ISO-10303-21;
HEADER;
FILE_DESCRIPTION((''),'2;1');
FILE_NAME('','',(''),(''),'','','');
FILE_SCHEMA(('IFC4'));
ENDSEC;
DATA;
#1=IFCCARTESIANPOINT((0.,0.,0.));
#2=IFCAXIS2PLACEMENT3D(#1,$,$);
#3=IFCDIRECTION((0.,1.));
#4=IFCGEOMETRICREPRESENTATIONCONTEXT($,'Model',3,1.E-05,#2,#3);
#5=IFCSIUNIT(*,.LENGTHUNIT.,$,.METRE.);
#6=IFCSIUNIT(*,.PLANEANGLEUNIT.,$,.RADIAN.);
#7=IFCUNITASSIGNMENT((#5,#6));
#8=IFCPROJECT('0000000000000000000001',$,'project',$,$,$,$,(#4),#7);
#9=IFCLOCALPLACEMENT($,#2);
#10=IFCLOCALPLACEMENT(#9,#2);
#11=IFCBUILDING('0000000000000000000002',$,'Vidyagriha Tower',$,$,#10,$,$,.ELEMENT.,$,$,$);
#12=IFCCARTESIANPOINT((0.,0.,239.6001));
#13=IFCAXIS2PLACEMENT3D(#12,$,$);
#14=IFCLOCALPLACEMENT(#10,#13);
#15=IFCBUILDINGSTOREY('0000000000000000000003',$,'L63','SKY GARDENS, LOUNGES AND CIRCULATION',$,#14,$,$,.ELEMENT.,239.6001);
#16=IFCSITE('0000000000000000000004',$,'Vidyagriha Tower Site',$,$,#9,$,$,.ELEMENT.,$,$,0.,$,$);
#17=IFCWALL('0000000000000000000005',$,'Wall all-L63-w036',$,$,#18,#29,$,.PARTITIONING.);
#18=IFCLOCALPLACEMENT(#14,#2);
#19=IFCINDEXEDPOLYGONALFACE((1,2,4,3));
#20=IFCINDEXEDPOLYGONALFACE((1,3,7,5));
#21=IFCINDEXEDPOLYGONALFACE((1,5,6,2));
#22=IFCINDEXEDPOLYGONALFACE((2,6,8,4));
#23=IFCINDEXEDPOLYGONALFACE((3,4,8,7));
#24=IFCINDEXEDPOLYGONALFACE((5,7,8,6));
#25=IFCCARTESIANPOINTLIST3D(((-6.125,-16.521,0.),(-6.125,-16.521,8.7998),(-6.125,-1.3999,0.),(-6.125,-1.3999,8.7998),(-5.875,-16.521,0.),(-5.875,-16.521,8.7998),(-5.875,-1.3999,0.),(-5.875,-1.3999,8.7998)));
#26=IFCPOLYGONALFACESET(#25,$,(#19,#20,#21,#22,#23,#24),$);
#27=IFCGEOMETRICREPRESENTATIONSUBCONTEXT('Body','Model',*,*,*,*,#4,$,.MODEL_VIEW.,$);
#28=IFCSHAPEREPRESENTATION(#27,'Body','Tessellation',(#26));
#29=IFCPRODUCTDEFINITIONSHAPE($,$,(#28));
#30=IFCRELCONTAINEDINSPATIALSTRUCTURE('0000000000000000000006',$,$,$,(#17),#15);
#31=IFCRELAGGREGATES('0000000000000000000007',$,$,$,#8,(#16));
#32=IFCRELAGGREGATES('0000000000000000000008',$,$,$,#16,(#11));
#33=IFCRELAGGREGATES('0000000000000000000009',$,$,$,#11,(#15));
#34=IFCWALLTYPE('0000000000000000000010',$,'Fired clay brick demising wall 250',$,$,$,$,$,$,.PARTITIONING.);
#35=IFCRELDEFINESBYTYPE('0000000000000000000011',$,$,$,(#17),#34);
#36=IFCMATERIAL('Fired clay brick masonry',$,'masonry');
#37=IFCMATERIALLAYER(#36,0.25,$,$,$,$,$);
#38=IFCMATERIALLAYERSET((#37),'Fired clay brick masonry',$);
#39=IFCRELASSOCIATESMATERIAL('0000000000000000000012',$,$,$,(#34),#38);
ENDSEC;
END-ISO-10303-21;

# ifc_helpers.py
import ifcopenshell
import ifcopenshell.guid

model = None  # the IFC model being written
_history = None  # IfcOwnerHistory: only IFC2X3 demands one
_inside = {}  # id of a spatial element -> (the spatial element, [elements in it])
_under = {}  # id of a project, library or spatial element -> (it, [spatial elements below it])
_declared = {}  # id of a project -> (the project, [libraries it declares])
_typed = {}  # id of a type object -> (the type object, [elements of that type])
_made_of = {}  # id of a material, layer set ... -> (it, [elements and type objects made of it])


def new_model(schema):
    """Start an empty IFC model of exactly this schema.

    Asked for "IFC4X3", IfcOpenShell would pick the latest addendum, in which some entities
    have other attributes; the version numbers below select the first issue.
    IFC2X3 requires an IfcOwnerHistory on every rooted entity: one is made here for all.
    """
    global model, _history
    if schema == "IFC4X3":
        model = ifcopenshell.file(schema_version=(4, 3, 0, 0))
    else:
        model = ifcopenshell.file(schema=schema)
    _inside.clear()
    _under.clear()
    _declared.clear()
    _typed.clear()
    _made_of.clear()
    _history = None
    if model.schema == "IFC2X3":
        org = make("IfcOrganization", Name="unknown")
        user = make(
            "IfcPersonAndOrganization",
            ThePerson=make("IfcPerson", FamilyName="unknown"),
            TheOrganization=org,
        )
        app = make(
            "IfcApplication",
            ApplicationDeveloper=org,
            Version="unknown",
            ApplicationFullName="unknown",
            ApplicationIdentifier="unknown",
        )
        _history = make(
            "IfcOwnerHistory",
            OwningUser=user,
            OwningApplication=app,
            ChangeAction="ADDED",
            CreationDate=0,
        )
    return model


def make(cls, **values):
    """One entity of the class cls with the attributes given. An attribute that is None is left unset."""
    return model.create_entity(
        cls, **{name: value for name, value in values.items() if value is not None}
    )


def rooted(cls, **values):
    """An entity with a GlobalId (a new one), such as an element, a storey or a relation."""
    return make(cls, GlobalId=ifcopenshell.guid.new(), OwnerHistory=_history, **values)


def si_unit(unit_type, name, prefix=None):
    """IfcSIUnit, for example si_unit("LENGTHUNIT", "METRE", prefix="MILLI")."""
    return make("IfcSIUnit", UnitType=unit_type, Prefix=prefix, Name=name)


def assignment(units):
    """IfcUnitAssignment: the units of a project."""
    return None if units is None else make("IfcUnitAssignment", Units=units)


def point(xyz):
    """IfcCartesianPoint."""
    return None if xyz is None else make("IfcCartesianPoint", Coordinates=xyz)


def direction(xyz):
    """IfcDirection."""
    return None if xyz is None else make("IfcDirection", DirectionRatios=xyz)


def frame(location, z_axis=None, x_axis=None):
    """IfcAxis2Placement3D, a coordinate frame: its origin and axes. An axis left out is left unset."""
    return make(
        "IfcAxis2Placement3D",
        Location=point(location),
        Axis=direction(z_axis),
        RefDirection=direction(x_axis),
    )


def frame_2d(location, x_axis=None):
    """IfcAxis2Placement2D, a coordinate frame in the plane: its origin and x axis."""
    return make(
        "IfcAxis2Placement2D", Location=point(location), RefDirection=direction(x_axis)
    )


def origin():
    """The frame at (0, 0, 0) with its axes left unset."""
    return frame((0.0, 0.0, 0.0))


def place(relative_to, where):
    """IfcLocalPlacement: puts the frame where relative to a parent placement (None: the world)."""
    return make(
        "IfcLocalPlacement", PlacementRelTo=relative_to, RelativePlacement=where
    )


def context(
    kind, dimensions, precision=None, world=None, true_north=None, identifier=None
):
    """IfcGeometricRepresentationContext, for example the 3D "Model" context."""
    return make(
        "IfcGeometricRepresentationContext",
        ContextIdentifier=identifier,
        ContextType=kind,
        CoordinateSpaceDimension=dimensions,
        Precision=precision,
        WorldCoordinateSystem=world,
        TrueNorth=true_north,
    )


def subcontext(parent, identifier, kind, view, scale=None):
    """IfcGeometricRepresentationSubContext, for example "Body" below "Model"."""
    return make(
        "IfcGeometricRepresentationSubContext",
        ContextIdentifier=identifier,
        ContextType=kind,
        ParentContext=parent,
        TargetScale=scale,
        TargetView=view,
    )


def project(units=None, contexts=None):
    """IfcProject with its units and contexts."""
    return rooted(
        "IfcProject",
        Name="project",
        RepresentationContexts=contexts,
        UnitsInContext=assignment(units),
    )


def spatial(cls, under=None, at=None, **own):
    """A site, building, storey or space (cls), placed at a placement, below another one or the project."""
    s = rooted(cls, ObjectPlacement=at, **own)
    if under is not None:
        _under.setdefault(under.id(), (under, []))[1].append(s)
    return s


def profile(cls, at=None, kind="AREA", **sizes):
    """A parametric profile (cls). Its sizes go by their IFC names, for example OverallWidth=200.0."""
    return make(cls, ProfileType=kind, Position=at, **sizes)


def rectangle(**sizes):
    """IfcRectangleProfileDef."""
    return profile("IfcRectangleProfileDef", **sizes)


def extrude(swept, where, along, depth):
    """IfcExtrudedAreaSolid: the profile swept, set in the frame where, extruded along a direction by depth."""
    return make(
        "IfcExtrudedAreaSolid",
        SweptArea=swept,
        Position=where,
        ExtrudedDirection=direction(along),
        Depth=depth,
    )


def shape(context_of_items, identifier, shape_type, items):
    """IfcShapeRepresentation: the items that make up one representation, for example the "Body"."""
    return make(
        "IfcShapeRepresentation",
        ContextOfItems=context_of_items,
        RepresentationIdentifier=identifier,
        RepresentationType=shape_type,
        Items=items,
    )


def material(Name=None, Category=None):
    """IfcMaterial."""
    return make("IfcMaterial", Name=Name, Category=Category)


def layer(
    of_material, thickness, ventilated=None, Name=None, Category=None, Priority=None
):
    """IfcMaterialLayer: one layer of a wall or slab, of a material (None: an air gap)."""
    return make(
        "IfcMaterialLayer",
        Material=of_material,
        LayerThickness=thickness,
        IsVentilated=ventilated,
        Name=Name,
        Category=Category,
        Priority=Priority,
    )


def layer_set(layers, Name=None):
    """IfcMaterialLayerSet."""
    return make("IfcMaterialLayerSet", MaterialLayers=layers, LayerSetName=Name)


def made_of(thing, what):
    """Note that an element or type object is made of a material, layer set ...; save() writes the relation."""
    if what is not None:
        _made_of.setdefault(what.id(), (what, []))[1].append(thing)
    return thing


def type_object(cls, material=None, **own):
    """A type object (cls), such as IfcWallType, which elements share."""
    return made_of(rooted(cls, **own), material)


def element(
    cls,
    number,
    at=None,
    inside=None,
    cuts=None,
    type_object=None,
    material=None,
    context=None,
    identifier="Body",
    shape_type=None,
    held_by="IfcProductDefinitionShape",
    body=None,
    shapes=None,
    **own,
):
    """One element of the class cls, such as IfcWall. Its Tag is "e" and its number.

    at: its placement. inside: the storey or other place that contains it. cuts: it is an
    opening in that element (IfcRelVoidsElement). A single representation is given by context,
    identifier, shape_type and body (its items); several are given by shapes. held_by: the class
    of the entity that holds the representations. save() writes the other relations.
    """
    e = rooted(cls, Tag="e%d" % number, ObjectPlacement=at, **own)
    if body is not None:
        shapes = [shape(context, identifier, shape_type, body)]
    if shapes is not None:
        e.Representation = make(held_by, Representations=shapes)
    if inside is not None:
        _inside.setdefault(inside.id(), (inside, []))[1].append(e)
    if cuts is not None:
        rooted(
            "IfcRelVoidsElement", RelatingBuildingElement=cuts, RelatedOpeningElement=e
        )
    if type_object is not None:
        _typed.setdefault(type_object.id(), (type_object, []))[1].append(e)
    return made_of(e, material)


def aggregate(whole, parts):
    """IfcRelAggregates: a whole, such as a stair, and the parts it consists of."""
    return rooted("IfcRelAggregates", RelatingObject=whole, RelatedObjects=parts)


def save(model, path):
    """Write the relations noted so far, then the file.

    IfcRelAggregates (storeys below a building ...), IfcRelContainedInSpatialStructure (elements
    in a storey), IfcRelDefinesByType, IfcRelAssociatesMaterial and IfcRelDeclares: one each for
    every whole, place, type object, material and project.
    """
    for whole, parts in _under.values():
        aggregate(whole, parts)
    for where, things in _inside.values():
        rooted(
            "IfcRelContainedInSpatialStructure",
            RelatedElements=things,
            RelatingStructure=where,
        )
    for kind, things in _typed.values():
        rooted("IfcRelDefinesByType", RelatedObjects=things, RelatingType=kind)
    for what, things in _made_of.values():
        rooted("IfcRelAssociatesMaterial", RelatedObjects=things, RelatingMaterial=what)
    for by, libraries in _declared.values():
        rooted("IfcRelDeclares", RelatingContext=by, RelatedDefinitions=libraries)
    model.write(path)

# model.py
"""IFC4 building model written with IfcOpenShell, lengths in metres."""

from ifc_helpers import new_model, si_unit, direction, frame, frame_2d, origin, place, context, subcontext, project, spatial, rectangle, extrude, material, layer, layer_set, type_object, element, save


model = new_model("IFC4")

# Units and contexts
model_context = context("Model", 3, precision=1e-05, world=origin(), true_north=direction((0.0, 1.0)))
body_context = subcontext(model_context, "Body", "Model", "MODEL_VIEW")
ifc_project = project(units=[si_unit("LENGTHUNIT", "METRE"), si_unit("PLANEANGLEUNIT", "RADIAN")], contexts=[model_context])

# Site, building, storey
site_placement = place(None, origin())
site = spatial("IfcSite", under=ifc_project, at=site_placement, Name="Vidyagriha Tower Site", CompositionType="ELEMENT", RefElevation=0.0)
building_placement = place(site_placement, origin())
building = spatial("IfcBuilding", under=site, at=building_placement, Name="Vidyagriha Tower", CompositionType="ELEMENT")
storey_placement = place(building_placement, frame((0.0, 0.0, 239.6001)))
storey = spatial("IfcBuildingStorey", under=building, at=storey_placement, Name="L63", Description="SKY GARDENS, LOUNGES AND CIRCULATION", CompositionType="ELEMENT", Elevation=239.6001)

# Wall
ifc_material_1 = material(Name="Fired clay brick masonry", Category="masonry")
ifc_layer_1 = layer(ifc_material_1, 0.25)
ifc_layer_set_1 = layer_set([ifc_layer_1], Name="Fired clay brick masonry")
wall_type_1 = type_object("IfcWallType", Name="Fired clay brick demising wall 250", PredefinedType="PARTITIONING", material=ifc_layer_set_1)
wall_1_placement = place(storey_placement, frame((-6.0, -1.3999, 0.0), z_axis=(0.0, 0.0, 1.0), x_axis=(0.0, -1.0, 0.0)))
element("IfcWall", 1, at=wall_1_placement, inside=storey, type_object=wall_type_1, Name="Wall all-L63-w036", PredefinedType="PARTITIONING", context=body_context, shape_type="SweptSolid", body=[
    extrude(rectangle(XDim=15.1211, YDim=0.25, at=frame_2d((7.5605, 0.0))), origin(), (0.0, 0.0, 1.0), 8.7998),
])

save(model, "model.ifc")
